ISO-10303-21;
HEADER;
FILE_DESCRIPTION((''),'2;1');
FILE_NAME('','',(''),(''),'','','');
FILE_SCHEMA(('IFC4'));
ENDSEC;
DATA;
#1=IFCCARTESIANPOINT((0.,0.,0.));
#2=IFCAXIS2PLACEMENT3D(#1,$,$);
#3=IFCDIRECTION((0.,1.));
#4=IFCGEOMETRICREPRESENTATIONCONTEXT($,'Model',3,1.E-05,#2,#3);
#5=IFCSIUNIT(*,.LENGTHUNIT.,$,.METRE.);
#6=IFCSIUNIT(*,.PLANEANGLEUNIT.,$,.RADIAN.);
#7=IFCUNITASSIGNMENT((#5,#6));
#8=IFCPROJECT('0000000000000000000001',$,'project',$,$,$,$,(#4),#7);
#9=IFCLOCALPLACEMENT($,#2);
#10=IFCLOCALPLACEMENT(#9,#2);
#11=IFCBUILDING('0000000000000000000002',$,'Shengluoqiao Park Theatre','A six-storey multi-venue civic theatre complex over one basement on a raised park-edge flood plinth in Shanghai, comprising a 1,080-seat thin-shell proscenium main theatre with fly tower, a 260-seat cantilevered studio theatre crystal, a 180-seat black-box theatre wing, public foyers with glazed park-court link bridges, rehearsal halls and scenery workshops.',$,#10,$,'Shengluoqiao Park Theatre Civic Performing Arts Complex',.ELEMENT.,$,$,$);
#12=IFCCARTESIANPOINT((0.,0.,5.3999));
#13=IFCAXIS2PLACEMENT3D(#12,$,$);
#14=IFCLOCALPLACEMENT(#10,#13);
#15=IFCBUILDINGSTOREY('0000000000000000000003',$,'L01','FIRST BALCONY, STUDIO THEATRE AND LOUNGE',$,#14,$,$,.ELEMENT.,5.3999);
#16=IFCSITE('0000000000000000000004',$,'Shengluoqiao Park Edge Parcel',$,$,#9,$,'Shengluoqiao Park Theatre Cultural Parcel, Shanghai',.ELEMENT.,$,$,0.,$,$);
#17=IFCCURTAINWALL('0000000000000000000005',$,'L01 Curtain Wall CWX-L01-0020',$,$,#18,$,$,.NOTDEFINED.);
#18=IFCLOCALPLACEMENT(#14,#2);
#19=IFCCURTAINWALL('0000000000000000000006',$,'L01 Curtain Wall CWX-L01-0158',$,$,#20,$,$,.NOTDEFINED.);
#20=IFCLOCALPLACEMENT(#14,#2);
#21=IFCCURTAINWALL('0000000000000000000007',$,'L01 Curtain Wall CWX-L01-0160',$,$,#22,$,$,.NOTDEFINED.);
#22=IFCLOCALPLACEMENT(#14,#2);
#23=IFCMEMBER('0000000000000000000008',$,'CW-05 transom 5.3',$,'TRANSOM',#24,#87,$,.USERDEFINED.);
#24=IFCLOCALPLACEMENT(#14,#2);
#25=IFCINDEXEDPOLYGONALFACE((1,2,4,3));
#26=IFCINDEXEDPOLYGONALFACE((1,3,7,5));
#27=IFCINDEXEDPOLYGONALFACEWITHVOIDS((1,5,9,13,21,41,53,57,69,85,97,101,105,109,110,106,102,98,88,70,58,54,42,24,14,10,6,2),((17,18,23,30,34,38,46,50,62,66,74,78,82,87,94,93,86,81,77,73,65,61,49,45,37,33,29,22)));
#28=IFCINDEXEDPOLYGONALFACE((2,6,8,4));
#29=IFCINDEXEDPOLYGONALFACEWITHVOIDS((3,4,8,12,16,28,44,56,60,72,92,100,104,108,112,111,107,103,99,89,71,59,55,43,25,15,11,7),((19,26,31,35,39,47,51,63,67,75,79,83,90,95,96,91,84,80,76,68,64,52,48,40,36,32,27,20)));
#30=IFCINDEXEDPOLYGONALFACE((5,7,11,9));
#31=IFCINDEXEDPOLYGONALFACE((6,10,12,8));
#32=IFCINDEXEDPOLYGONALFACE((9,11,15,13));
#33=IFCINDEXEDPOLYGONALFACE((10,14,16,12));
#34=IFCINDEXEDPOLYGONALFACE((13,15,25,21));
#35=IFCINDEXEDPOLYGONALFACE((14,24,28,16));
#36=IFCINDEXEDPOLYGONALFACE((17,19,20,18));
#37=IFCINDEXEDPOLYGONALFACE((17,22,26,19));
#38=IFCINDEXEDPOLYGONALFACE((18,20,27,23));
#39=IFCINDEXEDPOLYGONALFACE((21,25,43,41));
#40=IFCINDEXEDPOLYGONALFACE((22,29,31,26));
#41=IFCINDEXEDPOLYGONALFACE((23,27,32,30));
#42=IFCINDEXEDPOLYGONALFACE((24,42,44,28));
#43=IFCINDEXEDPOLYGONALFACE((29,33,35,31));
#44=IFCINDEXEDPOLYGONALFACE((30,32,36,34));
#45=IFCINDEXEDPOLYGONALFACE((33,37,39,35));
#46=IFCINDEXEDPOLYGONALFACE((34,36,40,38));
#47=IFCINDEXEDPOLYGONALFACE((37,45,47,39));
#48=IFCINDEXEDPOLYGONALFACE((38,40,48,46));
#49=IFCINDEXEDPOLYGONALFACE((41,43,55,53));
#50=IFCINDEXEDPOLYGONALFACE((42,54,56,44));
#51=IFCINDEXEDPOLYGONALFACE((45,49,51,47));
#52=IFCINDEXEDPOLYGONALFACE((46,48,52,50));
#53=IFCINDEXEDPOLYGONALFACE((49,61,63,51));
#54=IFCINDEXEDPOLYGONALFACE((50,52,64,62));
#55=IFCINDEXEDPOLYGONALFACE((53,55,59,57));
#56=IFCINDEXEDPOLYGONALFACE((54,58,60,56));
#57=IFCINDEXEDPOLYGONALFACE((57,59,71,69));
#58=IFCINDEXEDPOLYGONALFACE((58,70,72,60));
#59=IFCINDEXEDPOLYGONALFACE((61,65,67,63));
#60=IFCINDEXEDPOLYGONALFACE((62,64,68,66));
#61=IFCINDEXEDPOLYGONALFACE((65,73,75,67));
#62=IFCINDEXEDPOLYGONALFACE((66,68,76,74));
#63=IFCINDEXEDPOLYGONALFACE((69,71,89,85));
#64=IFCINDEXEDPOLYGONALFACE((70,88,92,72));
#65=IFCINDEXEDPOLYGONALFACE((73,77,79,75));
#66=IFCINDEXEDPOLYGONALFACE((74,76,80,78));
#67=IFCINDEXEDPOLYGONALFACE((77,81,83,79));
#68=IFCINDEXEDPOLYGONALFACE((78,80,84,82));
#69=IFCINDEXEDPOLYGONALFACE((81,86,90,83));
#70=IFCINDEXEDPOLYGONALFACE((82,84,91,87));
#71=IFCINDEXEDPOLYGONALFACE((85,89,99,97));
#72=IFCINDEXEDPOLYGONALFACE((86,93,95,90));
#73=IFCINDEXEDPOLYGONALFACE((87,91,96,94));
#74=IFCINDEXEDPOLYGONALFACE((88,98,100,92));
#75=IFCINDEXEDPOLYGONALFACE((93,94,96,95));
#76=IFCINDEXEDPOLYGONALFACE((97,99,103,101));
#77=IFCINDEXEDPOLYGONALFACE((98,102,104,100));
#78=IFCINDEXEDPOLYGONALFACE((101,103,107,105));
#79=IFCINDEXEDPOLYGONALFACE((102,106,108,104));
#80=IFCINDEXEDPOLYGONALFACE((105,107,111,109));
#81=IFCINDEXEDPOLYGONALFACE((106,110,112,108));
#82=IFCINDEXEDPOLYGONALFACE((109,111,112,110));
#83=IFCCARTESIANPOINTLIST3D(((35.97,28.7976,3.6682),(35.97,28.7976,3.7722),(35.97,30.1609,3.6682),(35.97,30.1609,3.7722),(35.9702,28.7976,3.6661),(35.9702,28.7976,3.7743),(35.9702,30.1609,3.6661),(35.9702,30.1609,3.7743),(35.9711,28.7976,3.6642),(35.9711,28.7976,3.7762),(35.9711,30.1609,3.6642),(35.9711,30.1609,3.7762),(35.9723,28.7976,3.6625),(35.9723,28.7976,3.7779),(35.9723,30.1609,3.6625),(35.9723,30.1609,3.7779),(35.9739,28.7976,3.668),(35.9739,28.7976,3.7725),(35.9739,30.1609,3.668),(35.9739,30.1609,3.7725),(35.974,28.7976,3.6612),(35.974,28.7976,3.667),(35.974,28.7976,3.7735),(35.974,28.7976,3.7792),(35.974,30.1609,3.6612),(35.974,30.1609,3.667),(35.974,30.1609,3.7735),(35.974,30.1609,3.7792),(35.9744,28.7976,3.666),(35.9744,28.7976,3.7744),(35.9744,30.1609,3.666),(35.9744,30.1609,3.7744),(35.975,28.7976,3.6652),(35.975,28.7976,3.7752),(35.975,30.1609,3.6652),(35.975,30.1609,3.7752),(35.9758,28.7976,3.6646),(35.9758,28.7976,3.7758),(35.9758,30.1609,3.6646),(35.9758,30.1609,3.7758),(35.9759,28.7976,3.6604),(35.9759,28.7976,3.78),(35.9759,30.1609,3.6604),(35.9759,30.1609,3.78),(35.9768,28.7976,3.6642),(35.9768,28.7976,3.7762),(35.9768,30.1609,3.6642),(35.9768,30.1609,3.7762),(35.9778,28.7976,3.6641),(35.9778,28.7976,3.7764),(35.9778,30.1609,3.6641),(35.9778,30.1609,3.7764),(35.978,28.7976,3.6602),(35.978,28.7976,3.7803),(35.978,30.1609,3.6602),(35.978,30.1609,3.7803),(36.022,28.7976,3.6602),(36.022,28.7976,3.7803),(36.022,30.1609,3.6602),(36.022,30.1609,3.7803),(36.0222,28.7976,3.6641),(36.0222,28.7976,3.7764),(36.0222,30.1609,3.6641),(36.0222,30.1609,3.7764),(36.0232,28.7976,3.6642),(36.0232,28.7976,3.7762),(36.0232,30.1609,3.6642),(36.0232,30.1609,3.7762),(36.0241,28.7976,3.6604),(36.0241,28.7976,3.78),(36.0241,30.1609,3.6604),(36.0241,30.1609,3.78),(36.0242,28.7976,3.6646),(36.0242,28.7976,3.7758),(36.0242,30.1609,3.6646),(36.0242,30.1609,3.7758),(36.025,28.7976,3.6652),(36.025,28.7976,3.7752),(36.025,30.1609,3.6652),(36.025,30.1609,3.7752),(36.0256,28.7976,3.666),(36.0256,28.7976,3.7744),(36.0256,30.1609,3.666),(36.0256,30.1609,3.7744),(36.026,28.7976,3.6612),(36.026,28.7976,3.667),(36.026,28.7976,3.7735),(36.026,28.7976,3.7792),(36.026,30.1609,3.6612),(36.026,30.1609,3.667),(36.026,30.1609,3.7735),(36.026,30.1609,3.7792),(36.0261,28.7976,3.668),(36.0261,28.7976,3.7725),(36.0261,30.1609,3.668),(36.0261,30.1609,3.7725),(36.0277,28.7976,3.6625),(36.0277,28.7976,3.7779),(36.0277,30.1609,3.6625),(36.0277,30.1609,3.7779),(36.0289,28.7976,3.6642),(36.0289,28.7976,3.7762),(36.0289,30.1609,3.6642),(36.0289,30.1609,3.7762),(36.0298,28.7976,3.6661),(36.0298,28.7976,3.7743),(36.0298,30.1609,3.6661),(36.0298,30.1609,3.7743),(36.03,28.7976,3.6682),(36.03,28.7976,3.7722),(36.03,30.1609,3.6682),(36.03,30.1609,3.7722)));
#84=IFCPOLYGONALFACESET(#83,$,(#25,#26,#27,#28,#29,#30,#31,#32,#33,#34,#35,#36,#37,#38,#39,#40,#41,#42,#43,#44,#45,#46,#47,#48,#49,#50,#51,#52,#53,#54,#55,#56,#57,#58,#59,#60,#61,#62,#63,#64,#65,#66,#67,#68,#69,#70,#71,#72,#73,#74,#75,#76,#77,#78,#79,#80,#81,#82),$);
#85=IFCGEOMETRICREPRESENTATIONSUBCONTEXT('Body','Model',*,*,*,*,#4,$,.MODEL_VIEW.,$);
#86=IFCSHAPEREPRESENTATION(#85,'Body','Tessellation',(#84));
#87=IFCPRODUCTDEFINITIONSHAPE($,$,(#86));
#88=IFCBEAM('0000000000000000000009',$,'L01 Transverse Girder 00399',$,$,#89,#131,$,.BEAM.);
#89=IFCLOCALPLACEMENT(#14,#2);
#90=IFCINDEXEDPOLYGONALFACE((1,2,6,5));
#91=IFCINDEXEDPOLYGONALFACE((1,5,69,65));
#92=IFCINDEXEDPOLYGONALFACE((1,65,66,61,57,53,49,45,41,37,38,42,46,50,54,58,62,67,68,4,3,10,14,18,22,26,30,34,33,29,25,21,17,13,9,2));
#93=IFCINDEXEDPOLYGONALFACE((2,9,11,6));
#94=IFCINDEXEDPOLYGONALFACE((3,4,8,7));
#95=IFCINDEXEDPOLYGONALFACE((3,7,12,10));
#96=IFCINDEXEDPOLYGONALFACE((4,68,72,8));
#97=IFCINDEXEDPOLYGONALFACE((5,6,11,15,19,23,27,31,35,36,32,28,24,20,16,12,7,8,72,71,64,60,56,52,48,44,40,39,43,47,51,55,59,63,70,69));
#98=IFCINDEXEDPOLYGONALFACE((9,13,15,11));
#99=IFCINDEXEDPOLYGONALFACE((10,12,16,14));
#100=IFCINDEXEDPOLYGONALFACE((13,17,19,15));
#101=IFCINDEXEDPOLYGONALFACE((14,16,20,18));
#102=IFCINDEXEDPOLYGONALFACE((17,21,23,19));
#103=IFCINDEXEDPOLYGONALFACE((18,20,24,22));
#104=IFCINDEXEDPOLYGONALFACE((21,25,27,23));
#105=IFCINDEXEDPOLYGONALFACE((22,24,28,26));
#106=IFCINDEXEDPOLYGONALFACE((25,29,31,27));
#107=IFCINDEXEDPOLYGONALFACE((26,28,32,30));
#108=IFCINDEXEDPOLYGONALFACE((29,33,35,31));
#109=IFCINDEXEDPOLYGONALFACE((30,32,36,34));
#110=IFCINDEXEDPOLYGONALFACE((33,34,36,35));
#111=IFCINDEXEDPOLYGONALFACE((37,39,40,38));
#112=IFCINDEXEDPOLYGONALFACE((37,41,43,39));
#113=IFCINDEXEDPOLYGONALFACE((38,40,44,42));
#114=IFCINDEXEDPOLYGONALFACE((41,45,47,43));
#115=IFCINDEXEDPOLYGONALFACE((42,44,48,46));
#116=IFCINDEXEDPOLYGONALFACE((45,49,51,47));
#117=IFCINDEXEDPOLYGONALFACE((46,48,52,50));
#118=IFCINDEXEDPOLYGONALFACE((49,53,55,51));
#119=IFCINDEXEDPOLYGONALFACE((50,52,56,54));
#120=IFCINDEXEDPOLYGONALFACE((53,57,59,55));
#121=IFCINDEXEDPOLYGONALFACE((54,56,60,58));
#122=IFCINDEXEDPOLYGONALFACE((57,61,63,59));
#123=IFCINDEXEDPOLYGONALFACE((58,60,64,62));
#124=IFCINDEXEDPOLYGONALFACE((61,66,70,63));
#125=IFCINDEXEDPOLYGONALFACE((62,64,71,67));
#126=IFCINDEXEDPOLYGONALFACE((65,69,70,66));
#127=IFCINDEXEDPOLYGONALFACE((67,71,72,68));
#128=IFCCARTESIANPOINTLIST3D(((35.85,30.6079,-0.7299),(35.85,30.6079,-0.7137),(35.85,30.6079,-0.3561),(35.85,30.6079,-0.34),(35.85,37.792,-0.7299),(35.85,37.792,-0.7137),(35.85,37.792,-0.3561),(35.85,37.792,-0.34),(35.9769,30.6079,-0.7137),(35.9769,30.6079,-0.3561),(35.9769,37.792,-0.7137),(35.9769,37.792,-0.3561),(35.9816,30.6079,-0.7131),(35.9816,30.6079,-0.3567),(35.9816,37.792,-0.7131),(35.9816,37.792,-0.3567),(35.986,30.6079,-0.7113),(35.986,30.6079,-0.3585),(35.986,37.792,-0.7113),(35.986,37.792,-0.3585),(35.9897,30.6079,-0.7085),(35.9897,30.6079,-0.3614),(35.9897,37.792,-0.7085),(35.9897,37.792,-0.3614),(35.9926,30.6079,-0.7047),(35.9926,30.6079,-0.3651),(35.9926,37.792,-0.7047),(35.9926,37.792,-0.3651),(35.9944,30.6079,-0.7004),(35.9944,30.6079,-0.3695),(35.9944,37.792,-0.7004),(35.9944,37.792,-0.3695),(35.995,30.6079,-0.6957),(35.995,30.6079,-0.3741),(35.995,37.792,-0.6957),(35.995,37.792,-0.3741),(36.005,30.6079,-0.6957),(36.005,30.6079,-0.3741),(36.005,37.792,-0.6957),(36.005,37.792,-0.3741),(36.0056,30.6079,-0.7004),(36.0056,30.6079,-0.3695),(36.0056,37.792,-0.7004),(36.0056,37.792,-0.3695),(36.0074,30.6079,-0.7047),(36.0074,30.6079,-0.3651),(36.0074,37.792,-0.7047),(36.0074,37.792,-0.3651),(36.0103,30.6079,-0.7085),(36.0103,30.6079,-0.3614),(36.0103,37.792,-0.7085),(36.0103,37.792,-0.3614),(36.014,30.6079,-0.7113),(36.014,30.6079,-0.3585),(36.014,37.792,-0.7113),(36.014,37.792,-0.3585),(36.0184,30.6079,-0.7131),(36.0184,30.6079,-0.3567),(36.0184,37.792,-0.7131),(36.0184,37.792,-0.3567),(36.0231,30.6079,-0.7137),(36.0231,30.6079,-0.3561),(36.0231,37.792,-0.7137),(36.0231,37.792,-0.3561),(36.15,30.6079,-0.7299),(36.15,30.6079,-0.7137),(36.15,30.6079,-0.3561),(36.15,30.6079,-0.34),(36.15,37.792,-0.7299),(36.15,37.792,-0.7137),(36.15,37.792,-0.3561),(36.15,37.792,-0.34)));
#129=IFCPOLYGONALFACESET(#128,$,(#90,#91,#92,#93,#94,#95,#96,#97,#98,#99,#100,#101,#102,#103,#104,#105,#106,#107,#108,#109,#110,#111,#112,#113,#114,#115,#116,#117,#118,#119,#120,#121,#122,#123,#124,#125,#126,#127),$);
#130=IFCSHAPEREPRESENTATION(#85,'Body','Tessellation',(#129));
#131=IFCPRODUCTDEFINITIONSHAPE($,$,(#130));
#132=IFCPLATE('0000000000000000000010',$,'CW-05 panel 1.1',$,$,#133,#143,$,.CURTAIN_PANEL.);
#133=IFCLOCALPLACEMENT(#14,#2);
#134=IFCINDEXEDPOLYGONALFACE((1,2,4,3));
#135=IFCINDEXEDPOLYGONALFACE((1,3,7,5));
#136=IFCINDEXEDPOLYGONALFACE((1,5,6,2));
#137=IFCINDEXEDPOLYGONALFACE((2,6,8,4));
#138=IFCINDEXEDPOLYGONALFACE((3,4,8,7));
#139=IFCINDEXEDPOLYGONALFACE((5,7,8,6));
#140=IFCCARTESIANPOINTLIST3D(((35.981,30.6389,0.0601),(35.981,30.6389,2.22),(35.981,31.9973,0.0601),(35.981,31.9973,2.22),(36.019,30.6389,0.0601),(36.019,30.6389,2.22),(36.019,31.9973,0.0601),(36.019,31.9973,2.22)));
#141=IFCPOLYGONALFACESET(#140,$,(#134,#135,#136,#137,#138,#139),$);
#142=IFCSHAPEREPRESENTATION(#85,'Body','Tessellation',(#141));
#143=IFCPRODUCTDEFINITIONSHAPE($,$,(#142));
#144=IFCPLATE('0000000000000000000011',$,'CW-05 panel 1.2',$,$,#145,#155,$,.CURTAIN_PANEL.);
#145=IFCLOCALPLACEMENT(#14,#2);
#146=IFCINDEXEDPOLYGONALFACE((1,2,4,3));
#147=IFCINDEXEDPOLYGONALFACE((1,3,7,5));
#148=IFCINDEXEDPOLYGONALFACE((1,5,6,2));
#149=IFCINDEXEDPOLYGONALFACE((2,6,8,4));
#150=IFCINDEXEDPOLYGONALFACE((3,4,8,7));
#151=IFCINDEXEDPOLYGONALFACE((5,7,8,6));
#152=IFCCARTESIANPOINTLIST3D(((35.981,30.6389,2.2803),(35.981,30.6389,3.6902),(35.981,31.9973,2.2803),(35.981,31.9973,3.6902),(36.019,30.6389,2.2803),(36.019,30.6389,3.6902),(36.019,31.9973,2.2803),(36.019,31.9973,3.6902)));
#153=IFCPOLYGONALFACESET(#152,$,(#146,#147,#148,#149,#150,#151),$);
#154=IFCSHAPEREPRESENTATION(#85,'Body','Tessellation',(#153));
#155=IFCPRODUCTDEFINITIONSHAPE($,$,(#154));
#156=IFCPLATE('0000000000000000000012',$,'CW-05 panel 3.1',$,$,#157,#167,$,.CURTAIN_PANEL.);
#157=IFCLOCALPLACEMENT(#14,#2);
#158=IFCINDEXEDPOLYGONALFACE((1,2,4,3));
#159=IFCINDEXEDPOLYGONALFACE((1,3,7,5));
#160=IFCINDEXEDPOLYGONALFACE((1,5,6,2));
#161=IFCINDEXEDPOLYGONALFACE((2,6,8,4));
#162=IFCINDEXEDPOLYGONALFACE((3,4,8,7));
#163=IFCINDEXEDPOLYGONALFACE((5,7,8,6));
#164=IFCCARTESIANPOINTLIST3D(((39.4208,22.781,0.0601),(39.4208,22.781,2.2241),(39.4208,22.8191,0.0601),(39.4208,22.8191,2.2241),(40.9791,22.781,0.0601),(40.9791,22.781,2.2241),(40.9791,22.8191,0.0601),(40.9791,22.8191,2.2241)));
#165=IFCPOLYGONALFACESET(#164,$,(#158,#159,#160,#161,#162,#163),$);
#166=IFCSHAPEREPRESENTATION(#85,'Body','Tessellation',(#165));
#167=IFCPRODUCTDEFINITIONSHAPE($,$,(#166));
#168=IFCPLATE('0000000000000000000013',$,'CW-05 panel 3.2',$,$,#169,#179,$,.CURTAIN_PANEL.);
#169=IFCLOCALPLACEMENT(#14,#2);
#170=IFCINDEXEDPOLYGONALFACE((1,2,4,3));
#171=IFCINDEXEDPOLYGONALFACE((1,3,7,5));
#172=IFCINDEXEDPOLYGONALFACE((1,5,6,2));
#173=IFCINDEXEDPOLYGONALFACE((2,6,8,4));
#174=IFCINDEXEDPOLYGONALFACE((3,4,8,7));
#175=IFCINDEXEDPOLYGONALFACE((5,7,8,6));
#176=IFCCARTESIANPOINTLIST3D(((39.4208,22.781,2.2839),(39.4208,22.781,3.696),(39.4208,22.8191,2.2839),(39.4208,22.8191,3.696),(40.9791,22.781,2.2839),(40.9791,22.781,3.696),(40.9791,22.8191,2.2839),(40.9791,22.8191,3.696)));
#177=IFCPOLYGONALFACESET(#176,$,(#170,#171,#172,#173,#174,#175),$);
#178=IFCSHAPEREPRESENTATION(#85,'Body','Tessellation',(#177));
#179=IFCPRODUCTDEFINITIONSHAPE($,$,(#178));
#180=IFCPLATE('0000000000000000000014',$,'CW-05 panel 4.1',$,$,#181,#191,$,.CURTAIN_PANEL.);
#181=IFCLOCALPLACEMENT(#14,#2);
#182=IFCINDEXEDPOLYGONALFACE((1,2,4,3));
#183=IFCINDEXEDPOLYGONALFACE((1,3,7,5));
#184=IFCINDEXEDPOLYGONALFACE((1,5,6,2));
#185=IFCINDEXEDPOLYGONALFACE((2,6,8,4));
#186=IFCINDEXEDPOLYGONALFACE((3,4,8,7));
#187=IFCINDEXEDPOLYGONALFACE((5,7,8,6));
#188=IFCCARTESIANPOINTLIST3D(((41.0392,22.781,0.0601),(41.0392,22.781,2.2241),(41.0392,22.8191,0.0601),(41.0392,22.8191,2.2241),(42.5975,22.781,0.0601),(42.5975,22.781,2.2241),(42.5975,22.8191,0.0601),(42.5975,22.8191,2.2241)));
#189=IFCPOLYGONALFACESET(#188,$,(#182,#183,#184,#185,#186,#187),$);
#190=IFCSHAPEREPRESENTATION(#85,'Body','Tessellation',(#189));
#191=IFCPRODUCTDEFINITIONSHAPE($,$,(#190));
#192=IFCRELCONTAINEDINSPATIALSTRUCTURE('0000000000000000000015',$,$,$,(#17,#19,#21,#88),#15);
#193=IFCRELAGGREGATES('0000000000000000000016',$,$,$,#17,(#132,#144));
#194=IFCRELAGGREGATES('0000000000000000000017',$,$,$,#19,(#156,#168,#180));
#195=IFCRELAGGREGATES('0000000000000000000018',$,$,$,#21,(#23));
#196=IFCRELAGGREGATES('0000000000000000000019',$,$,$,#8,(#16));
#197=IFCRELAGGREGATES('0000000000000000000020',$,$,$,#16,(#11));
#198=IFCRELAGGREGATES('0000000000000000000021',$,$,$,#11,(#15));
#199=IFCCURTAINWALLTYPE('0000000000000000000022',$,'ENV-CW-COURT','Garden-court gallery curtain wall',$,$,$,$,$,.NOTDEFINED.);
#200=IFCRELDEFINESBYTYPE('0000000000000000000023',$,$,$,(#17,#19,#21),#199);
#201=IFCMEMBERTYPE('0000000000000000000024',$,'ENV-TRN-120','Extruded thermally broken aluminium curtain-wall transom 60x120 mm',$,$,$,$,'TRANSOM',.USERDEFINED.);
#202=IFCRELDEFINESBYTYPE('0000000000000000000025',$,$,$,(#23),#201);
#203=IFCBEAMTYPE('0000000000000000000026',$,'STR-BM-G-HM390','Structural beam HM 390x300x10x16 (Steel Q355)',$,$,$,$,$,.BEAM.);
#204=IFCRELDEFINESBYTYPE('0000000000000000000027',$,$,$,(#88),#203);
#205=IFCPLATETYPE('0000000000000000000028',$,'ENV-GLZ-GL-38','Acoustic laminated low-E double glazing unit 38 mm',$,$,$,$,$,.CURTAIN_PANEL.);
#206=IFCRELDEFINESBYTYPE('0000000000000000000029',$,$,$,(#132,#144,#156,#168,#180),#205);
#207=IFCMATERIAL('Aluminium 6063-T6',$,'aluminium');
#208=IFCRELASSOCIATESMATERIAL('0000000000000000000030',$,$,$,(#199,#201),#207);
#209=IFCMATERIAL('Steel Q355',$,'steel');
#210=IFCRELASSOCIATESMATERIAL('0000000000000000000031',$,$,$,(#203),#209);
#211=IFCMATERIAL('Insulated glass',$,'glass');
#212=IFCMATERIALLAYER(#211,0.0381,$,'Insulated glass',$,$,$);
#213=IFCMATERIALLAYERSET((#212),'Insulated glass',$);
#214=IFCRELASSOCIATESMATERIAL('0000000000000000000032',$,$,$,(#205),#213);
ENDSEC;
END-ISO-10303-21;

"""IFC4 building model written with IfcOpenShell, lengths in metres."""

from ifc_helpers import new_model, si_unit, direction, frame, origin, origin_2d, place, context, subcontext, project, spatial, rectangle, hollow_rectangle, i_section, extrude, material, layer, layer_set, material_profile, profile_set, type_object, element, aggregate, save


model = new_model("IFC4")

# Units and contexts
model_context = context("Model", 3, precision=1e-05, world=origin(), true_north=direction((0.0, 1.0)))
body_context = subcontext(model_context, "Body", "Model", "MODEL_VIEW")
ifc_project = project(units=[si_unit("LENGTHUNIT", "METRE"), si_unit("PLANEANGLEUNIT", "RADIAN")], contexts=[model_context])

# Site, building, storey
site_placement = place(None, origin())
site = spatial("IfcSite", under=ifc_project, at=site_placement, Name="Shengluoqiao Park Edge Parcel", LongName="Shengluoqiao Park Theatre Cultural Parcel, Shanghai", CompositionType="ELEMENT", RefElevation=0.0)
building_placement = place(site_placement, origin())
building = spatial("IfcBuilding", under=site, at=building_placement, Name="Shengluoqiao Park Theatre", Description="A six-storey multi-venue civic theatre complex over one basement on a raised park-edge flood plinth in Shanghai, comprising a 1,080-seat thin-shell proscenium main theatre with fly tower, a 260-seat cantilevered studio theatre crystal, a 180-seat black-box theatre wing, public foyers with glazed park-court link bridges, rehearsal halls and scenery workshops.", LongName="Shengluoqiao Park Theatre Civic Performing Arts Complex", CompositionType="ELEMENT")
storey_placement = place(building_placement, frame((0.0, 0.0, 5.3999)))
storey = spatial("IfcBuildingStorey", under=building, at=storey_placement, Name="L01", Description="FIRST BALCONY, STUDIO THEATRE AND LOUNGE", CompositionType="ELEMENT", Elevation=5.3999)

# Shared definitions
ifc_material_1 = material(Name="Steel Q355", Category="steel")

# Curtain walls
ifc_material_2 = material(Name="Aluminium 6063-T6", Category="aluminium")
curtain_wall_type = type_object("IfcCurtainWallType", Name="ENV-CW-COURT", Description="Garden-court gallery curtain wall", PredefinedType="NOTDEFINED", material=ifc_material_2)
curtain_wall_1_placement = place(storey_placement, origin())
curtain_wall_1 = element("IfcCurtainWall", 1, at=curtain_wall_1_placement, inside=storey, type_object=curtain_wall_type, Name="L01 Curtain Wall CWX-L01-0020", PredefinedType="NOTDEFINED")
curtain_wall_2_placement = place(storey_placement, origin())
curtain_wall_2 = element("IfcCurtainWall", 2, at=curtain_wall_2_placement, inside=storey, type_object=curtain_wall_type, Name="L01 Curtain Wall CWX-L01-0158", PredefinedType="NOTDEFINED")

# Curtain wall
curtain_wall_3_placement = place(storey_placement, origin())
curtain_wall_3 = element("IfcCurtainWall", 3, at=curtain_wall_3_placement, inside=storey, type_object=curtain_wall_type, Name="L01 Curtain Wall CWX-L01-0160", PredefinedType="NOTDEFINED")

# Member
ifc_material_profile_1 = material_profile(ifc_material_2, hollow_rectangle(XDim=0.0601, YDim=0.1201, WallThickness=0.0039, InnerFilletRadius=0.0039, OuterFilletRadius=0.0081, at=origin_2d()), Name="ALU TRANSOM 120x60x4")
ifc_profile_set_1 = profile_set([ifc_material_profile_1], Name="Aluminium 6063-T6")
member_type_1 = type_object("IfcMemberType", Name="ENV-TRN-120", Description="Extruded thermally broken aluminium curtain-wall transom 60x120 mm", ElementType="TRANSOM", PredefinedType="USERDEFINED", material=ifc_profile_set_1)
member_1_placement = place(storey_placement, frame((36.0, 28.7976, 3.7202), z_axis=(0.0, 1.0, 0.0), x_axis=(-1.0, 0.0, 0.0)))
member_1 = element("IfcMember", 4, at=member_1_placement, type_object=member_type_1, Name="CW-05 transom 5.3", ObjectType="TRANSOM", PredefinedType="USERDEFINED", context=body_context, shape_type="SweptSolid", body=[
    extrude(hollow_rectangle(XDim=0.0601, YDim=0.1201, WallThickness=0.0039, InnerFilletRadius=0.0039, OuterFilletRadius=0.0081, at=origin_2d()), origin(), (0.0, 0.0, 1.0), 1.3633),
])

# Beam
ifc_material_profile_2 = material_profile(ifc_material_1, i_section(OverallWidth=0.3, OverallDepth=0.3899, WebThickness=0.01, FlangeThickness=0.0161, FilletRadius=0.0181, at=origin_2d()), Name="HM 390x300x10x16")
ifc_profile_set_2 = profile_set([ifc_material_profile_2], Name="Steel Q355")
beam_type = type_object("IfcBeamType", Name="STR-BM-G-HM390", Description="Structural beam HM 390x300x10x16 (Steel Q355)", PredefinedType="BEAM", material=ifc_profile_set_2)
beam_placement = place(storey_placement, frame((36.0, 30.6079, -0.5349), z_axis=(0.0, 1.0, 0.0), x_axis=(-1.0, 0.0, 0.0)))
element("IfcBeam", 5, at=beam_placement, inside=storey, type_object=beam_type, Name="L01 Transverse Girder 00399", PredefinedType="BEAM", context=body_context, shape_type="SweptSolid", body=[
    extrude(i_section(OverallWidth=0.3, OverallDepth=0.3899, WebThickness=0.01, FlangeThickness=0.0161, FilletRadius=0.0181, at=origin_2d()), origin(), (0.0, 0.0, 1.0), 7.1841),
])

# Plates
ifc_material_3 = material(Name="Insulated glass", Category="glass")
ifc_layer = layer(ifc_material_3, 0.0381, Name="Insulated glass")
ifc_layer_set = layer_set([ifc_layer], Name="Insulated glass")
plate_type = type_object("IfcPlateType", Name="ENV-GLZ-GL-38", Description="Acoustic laminated low-E double glazing unit 38 mm", PredefinedType="CURTAIN_PANEL", material=ifc_layer_set)
plate_1_placement = place(storey_placement, frame((36.0, 31.3181, 0.0601), z_axis=(0.0, 0.0, 1.0), x_axis=(0.0, 1.0, 0.0)))
plate_1 = element("IfcPlate", 6, at=plate_1_placement, type_object=plate_type, Name="CW-05 panel 1.1", PredefinedType="CURTAIN_PANEL", context=body_context, shape_type="SweptSolid", body=[
    extrude(rectangle(XDim=1.3584, YDim=0.0381, at=origin_2d()), origin(), (0.0, 0.0, 1.0), 2.1599),
])
plate_2_placement = place(storey_placement, frame((36.0, 31.3181, 2.2803), z_axis=(0.0, 0.0, 1.0), x_axis=(0.0, 1.0, 0.0)))
plate_2 = element("IfcPlate", 7, at=plate_2_placement, type_object=plate_type, Name="CW-05 panel 1.2", PredefinedType="CURTAIN_PANEL", context=body_context, shape_type="SweptSolid", body=[
    extrude(rectangle(XDim=1.3584, YDim=0.0381, at=origin_2d()), origin(), (0.0, 0.0, 1.0), 1.4099),
])
aggregate(curtain_wall_1, [plate_1, plate_2])
plate_3_placement = place(storey_placement, frame((40.2, 22.8, 0.0601), z_axis=(0.0, 0.0, 1.0), x_axis=(1.0, 0.0, 0.0)))
plate_3 = element("IfcPlate", 8, at=plate_3_placement, type_object=plate_type, Name="CW-05 panel 3.1", PredefinedType="CURTAIN_PANEL", context=body_context, shape_type="SweptSolid", body=[
    extrude(rectangle(XDim=1.5583, YDim=0.0381, at=origin_2d()), origin(), (0.0, 0.0, 1.0), 2.1641),
])
plate_4_placement = place(storey_placement, frame((40.2, 22.8, 2.2839), z_axis=(0.0, 0.0, 1.0), x_axis=(1.0, 0.0, 0.0)))
plate_4 = element("IfcPlate", 9, at=plate_4_placement, type_object=plate_type, Name="CW-05 panel 3.2", PredefinedType="CURTAIN_PANEL", context=body_context, shape_type="SweptSolid", body=[
    extrude(rectangle(XDim=1.5583, YDim=0.0381, at=origin_2d()), origin(), (0.0, 0.0, 1.0), 1.4121),
])
plate_5_placement = place(storey_placement, frame((41.8184, 22.8, 0.0601), z_axis=(0.0, 0.0, 1.0), x_axis=(1.0, 0.0, 0.0)))
plate_5 = element("IfcPlate", 10, at=plate_5_placement, type_object=plate_type, Name="CW-05 panel 4.1", PredefinedType="CURTAIN_PANEL", context=body_context, shape_type="SweptSolid", body=[
    extrude(rectangle(XDim=1.5583, YDim=0.0381, at=origin_2d()), origin(), (0.0, 0.0, 1.0), 2.1641),
])
aggregate(curtain_wall_2, [plate_3, plate_4, plate_5])
aggregate(curtain_wall_3, [member_1])

save(model, "model.ifc")
